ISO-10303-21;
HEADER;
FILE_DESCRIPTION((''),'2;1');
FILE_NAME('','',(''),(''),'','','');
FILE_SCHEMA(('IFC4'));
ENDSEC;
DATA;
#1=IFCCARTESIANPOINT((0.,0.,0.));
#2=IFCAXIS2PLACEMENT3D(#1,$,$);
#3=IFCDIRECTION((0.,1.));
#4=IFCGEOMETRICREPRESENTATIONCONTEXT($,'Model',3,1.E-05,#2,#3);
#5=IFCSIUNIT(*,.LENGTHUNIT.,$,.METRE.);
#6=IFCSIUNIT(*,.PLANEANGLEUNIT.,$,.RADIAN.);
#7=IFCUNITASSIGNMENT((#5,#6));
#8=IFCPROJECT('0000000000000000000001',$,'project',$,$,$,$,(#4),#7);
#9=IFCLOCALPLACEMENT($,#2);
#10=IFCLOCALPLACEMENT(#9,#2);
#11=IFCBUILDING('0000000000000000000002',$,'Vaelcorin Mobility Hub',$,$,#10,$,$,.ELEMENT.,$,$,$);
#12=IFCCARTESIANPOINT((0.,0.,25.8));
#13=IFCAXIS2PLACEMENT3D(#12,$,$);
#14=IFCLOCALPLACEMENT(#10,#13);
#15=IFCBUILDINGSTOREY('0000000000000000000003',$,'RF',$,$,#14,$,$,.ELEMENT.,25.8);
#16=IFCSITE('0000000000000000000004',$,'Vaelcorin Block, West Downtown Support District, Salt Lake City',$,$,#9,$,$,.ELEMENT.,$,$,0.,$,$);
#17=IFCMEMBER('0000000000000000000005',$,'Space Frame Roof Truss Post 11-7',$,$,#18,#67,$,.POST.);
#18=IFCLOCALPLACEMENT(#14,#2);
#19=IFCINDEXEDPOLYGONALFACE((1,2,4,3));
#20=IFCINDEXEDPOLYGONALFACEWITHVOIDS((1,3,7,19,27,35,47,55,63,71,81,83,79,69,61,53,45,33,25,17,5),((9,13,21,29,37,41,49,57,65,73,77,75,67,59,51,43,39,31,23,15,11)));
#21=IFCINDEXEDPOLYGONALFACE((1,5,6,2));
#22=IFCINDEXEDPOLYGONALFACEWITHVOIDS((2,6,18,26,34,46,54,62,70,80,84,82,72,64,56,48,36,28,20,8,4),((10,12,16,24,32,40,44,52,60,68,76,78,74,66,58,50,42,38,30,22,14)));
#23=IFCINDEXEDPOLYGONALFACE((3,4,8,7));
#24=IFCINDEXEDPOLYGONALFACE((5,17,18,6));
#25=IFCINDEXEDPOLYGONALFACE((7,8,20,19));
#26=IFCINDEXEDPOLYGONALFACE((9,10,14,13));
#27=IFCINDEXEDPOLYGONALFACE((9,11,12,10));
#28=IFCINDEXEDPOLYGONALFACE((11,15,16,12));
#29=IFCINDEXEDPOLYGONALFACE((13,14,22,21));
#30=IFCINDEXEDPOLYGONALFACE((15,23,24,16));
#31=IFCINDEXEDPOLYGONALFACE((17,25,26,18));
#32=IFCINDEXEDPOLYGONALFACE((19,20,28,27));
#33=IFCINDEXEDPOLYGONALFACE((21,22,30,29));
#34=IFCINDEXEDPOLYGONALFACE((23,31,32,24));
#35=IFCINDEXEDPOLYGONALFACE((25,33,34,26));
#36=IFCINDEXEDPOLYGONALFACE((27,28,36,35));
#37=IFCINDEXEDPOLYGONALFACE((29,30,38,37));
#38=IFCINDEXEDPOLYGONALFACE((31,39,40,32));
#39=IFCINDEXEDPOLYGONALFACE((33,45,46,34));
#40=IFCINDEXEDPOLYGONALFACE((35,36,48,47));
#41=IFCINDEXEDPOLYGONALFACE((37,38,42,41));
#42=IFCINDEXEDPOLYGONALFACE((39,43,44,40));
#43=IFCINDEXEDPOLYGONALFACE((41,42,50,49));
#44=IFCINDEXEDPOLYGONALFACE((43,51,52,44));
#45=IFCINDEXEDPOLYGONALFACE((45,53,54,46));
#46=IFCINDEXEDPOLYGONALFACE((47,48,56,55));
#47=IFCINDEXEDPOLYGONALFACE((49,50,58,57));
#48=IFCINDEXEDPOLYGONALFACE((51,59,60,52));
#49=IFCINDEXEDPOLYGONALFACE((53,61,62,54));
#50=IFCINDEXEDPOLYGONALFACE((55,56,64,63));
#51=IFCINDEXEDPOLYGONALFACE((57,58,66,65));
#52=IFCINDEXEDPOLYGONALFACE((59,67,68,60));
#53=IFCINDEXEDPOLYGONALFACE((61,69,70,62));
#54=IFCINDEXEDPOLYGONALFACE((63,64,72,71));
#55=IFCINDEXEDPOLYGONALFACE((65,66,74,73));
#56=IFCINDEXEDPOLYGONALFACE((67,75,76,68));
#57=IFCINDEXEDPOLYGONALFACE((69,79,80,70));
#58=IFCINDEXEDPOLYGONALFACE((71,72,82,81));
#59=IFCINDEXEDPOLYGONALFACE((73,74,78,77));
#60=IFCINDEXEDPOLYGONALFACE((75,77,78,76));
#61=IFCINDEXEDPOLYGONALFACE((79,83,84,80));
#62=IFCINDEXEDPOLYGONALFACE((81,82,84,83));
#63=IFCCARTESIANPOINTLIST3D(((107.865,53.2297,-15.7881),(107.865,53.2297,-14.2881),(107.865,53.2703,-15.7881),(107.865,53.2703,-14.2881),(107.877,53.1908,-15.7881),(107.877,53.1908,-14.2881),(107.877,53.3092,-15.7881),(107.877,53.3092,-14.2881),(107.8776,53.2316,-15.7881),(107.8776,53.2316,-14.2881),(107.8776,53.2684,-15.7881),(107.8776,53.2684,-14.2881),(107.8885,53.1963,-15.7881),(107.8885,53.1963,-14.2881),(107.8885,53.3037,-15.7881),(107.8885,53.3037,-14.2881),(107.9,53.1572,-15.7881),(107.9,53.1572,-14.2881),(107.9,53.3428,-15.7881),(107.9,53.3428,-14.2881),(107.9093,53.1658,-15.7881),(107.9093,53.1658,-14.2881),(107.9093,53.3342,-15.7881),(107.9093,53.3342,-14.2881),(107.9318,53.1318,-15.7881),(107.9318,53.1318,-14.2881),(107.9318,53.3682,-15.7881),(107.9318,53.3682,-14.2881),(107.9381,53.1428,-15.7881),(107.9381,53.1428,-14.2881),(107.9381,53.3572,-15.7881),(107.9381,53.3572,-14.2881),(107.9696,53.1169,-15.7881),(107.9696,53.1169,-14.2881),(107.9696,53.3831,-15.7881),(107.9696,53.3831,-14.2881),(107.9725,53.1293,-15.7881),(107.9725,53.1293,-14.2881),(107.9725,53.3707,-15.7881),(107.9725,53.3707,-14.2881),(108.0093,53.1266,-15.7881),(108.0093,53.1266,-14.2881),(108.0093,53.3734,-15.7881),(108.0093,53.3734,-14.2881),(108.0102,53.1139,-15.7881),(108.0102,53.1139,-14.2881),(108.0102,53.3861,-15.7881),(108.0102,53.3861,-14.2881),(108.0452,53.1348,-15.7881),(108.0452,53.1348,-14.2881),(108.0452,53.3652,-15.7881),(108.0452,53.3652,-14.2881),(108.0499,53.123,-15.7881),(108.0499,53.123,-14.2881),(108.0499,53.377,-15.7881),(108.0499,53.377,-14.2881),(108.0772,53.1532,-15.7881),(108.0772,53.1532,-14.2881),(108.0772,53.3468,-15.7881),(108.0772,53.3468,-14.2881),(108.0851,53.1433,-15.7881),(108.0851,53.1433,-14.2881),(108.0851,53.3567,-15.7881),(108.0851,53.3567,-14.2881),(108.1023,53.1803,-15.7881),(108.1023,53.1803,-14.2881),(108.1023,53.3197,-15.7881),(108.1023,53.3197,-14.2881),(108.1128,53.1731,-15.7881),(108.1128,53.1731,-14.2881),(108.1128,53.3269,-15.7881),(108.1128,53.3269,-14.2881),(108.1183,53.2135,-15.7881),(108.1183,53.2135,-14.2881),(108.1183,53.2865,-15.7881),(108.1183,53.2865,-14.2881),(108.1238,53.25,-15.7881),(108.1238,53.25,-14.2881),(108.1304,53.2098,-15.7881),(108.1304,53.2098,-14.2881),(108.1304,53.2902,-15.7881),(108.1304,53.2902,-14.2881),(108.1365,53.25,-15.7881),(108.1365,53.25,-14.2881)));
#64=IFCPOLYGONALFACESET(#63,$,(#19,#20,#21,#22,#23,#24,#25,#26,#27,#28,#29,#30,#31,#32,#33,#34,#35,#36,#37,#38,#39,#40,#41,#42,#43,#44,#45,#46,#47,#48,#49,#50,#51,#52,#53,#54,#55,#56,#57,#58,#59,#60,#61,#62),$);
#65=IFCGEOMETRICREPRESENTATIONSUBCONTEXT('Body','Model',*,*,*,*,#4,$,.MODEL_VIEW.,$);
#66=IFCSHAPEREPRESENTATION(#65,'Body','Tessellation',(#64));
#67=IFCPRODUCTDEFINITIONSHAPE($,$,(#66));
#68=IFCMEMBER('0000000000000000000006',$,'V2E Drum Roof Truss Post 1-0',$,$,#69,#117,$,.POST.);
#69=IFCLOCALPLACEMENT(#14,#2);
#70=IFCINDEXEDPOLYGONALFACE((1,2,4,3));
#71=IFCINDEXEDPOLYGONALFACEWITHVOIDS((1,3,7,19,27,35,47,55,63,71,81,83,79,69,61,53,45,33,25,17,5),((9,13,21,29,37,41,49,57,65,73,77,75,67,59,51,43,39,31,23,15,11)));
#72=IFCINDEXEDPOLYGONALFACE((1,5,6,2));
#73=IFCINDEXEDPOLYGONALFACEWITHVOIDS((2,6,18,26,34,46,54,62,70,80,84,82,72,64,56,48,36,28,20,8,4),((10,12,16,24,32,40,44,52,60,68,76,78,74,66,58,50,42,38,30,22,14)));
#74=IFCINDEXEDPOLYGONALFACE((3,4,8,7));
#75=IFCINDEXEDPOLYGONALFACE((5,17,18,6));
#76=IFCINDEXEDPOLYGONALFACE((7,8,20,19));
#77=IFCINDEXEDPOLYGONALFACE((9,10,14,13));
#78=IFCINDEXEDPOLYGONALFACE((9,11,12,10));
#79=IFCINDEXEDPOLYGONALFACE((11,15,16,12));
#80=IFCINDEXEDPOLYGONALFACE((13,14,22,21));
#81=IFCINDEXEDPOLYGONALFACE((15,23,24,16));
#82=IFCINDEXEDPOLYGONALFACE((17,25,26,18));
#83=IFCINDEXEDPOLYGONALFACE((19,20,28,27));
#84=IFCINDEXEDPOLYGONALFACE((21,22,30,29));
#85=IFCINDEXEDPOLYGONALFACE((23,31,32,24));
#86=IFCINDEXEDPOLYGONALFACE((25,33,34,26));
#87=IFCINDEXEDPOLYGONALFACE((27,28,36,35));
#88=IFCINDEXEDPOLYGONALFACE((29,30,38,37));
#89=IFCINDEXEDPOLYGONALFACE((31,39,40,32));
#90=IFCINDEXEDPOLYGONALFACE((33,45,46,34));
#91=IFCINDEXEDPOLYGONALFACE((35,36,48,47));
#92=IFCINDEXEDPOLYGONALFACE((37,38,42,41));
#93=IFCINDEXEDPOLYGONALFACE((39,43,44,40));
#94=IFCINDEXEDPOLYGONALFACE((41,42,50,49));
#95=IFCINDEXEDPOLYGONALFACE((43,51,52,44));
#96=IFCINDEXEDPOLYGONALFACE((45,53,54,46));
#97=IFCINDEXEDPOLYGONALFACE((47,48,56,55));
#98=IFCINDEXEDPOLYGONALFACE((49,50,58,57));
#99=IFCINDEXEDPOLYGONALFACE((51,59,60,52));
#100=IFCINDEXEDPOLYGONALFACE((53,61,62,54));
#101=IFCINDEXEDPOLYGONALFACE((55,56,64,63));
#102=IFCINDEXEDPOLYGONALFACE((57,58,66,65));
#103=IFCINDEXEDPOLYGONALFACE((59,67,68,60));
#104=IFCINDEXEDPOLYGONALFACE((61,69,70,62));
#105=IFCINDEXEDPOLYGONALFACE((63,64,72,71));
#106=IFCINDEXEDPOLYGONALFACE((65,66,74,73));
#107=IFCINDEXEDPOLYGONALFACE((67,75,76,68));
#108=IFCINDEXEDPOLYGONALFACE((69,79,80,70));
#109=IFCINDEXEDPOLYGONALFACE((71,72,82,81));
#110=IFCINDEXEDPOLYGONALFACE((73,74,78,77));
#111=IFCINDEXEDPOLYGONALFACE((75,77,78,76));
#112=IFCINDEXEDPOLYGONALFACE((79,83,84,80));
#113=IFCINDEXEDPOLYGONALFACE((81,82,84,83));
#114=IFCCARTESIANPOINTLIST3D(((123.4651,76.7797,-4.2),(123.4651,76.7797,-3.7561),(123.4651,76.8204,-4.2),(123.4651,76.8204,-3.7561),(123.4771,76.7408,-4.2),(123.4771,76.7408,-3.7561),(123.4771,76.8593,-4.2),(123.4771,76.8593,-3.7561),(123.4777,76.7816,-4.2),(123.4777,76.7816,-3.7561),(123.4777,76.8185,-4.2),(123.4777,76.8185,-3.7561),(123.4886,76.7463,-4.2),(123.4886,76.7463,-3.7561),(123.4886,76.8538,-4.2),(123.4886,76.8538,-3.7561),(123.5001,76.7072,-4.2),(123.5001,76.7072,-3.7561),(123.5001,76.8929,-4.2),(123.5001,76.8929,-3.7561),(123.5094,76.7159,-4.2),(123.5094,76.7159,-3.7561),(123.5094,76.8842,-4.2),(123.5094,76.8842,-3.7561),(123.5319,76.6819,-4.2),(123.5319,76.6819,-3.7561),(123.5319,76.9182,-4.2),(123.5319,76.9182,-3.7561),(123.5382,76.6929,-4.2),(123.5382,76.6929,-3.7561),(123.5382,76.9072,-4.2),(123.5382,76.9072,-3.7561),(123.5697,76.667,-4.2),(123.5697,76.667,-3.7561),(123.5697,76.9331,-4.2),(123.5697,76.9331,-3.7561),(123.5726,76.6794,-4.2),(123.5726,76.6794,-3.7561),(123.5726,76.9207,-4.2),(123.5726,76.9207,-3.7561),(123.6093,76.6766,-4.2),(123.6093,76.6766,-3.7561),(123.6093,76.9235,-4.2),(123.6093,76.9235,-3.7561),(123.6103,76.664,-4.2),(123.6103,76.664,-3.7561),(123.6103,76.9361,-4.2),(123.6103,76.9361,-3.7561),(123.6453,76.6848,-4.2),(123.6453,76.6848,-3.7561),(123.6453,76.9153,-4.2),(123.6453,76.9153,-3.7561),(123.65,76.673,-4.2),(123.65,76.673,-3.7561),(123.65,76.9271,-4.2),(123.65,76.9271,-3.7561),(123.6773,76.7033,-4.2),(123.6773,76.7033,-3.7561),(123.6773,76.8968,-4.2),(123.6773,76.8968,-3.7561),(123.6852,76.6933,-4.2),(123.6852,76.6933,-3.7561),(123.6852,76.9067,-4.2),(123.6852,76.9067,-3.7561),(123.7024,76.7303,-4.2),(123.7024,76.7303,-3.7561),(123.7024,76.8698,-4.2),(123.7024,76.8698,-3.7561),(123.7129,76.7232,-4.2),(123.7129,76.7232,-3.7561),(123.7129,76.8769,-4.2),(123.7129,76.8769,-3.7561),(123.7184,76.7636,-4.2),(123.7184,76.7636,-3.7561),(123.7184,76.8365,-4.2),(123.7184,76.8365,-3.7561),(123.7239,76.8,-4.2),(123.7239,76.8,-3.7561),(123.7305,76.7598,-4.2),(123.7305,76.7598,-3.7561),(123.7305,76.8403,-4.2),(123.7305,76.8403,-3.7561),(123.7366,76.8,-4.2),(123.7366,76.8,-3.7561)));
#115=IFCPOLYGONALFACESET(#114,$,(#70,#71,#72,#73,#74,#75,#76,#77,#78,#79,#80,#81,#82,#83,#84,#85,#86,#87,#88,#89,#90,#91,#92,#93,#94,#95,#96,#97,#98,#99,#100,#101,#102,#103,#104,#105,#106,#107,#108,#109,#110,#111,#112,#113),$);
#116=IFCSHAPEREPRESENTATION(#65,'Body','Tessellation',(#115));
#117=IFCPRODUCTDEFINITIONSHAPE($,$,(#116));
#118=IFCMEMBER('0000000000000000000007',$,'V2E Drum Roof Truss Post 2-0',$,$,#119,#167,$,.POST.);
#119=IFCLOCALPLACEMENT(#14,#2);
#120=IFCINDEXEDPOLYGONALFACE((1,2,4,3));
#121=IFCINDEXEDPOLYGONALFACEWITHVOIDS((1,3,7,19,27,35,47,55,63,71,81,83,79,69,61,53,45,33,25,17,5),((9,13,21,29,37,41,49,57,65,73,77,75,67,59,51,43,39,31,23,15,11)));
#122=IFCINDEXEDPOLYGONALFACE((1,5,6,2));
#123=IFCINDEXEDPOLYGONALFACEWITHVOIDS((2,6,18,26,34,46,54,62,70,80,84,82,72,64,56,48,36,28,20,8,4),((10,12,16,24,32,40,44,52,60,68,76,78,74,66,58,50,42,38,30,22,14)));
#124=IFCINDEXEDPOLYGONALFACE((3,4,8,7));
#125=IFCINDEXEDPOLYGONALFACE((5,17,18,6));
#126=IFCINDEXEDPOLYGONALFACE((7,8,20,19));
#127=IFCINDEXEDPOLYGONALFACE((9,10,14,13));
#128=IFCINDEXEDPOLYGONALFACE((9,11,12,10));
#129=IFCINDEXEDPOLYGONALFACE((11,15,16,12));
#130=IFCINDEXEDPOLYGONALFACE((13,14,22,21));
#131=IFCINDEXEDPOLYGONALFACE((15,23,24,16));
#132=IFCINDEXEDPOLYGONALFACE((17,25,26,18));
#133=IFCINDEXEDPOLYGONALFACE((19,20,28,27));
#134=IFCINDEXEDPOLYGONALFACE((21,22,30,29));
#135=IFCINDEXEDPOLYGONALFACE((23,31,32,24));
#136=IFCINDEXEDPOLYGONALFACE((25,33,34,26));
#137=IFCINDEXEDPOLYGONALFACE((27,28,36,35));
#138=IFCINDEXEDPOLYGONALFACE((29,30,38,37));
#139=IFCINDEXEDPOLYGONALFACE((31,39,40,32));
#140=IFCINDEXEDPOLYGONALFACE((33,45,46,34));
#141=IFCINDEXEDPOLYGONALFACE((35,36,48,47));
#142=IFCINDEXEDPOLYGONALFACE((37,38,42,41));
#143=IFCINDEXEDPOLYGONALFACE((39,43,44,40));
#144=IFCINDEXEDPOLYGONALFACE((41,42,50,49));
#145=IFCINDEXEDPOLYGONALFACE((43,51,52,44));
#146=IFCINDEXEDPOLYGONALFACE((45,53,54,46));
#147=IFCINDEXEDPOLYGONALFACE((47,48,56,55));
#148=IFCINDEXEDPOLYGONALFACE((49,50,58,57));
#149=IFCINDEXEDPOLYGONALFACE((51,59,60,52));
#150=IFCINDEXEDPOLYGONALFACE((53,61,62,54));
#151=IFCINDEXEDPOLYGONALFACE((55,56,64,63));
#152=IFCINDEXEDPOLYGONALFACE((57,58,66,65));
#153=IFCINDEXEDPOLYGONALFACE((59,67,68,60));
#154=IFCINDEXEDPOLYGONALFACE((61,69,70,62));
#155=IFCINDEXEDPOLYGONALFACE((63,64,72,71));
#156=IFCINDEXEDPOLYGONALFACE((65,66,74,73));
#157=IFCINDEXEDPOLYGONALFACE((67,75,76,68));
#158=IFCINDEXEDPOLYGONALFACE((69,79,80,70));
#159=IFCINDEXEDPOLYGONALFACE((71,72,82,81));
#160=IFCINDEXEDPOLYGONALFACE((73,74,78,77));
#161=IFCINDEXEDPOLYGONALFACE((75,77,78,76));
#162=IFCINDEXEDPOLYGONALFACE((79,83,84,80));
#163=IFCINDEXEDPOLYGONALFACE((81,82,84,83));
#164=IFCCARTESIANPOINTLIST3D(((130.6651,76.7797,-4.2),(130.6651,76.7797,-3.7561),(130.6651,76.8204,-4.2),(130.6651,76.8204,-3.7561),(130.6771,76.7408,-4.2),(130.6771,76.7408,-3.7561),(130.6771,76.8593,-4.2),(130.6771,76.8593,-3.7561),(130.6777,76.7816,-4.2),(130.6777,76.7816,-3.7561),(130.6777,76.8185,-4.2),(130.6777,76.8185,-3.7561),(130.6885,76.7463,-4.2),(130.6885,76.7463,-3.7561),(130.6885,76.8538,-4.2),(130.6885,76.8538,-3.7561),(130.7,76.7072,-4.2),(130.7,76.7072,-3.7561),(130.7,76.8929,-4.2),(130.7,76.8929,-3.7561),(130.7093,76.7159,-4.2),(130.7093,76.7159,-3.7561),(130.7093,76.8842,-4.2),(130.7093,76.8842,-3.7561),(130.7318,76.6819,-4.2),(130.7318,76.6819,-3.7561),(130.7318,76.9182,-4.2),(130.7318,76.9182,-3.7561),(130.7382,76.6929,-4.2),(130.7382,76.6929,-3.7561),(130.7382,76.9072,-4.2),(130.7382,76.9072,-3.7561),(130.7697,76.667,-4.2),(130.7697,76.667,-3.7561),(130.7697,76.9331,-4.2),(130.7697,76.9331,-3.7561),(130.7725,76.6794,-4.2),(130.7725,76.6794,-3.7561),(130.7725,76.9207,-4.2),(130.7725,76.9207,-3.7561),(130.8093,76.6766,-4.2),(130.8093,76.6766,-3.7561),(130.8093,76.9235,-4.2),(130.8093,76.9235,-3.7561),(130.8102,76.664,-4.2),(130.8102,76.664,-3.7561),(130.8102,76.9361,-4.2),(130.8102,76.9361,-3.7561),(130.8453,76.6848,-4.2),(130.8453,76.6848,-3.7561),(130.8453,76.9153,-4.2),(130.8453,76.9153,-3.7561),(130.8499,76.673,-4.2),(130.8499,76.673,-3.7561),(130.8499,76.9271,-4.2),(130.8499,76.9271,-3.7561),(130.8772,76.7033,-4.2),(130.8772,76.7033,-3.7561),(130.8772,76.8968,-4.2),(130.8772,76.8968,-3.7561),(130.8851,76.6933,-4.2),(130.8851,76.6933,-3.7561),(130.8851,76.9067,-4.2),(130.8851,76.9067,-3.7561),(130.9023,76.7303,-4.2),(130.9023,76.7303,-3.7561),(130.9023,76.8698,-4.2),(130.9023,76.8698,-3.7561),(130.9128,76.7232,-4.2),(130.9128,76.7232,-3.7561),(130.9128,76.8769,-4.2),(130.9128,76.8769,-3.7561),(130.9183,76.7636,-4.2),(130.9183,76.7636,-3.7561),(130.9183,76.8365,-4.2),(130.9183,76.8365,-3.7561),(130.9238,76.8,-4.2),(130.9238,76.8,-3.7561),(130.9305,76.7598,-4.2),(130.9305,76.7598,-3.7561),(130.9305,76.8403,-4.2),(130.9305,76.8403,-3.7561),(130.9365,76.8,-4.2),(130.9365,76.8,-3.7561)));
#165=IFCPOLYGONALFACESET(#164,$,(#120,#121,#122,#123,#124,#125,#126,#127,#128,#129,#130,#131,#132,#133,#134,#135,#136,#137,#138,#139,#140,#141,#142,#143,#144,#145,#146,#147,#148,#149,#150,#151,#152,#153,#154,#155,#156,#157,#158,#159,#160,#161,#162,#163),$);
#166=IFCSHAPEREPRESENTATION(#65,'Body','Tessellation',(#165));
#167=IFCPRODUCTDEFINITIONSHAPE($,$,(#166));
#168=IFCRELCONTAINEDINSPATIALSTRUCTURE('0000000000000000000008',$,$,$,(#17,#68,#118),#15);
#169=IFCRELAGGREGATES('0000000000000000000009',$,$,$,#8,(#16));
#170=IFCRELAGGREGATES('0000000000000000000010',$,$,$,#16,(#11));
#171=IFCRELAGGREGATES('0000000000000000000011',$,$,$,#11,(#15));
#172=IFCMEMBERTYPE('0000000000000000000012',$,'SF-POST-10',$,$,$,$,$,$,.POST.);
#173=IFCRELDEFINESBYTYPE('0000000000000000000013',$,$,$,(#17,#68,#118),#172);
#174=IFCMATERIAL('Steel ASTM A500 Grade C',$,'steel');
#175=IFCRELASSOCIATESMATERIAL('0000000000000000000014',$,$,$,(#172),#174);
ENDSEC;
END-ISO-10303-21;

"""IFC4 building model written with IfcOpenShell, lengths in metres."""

from ifc_helpers import new_model, si_unit, direction, frame, origin, origin_2d, place, context, subcontext, project, spatial, hollow_circle, extrude, material, material_profile, profile_set, type_object, element, save


model = new_model("IFC4")

# Units and contexts
model_context = context("Model", 3, precision=1e-05, world=origin(), true_north=direction((0.0, 1.0)))
body_context = subcontext(model_context, "Body", "Model", "MODEL_VIEW")
ifc_project = project(units=[si_unit("LENGTHUNIT", "METRE"), si_unit("PLANEANGLEUNIT", "RADIAN")], contexts=[model_context])

# Site, building, storey
site_placement = place(None, origin())
site = spatial("IfcSite", under=ifc_project, at=site_placement, Name="Vaelcorin Block, West Downtown Support District, Salt Lake City", CompositionType="ELEMENT", RefElevation=0.0)
building_placement = place(site_placement, origin())
building = spatial("IfcBuilding", under=site, at=building_placement, Name="Vaelcorin Mobility Hub", CompositionType="ELEMENT")
storey_placement = place(building_placement, frame((0.0, 0.0, 25.8)))
storey = spatial("IfcBuildingStorey", under=building, at=storey_placement, Name="RF", CompositionType="ELEMENT", Elevation=25.8)

# Members
ifc_material_1 = material(Name="Steel ASTM A500 Grade C", Category="steel")
ifc_material_profile_1 = material_profile(ifc_material_1, hollow_circle(Radius=0.1365, WallThickness=0.0127, at=origin_2d()), Name="HSS10.750X0.500")
ifc_profile_set_1 = profile_set([ifc_material_profile_1], Name="Steel ASTM A500 Grade C")
member_type_1 = type_object("IfcMemberType", Name="SF-POST-10", PredefinedType="POST", material=ifc_profile_set_1)
for number, where, z_axis, x_axis, name in (
    (1, (108.0, 53.25, -15.7881), (0.0, 0.0, 1.0), (1.0, 0.0, 0.0), "Space Frame Roof Truss Post 11-7"),
):
    element("IfcMember", number, at=place(storey_placement, frame(where, z_axis=z_axis, x_axis=x_axis)), inside=storey, type_object=member_type_1, Name=name, PredefinedType="POST", context=body_context, shape_type="SweptSolid", body=[
        extrude(hollow_circle(Radius=0.1365, WallThickness=0.0127, at=origin_2d()), origin(), (0.0, 0.0, 1.0), 1.5),
    ])
for number, where, z_axis, x_axis, name in (
    (2, (123.6001, 76.8, -4.2), (0.0, 0.0, 1.0), (1.0, 0.0, 0.0), "V2E Drum Roof Truss Post 1-0"),
    (3, (130.8, 76.8, -4.2), (0.0, 0.0, 1.0), (1.0, 0.0, 0.0), "V2E Drum Roof Truss Post 2-0"),
):
    element("IfcMember", number, at=place(storey_placement, frame(where, z_axis=z_axis, x_axis=x_axis)), inside=storey, type_object=member_type_1, Name=name, PredefinedType="POST", context=body_context, shape_type="SweptSolid", body=[
        extrude(hollow_circle(Radius=0.1365, WallThickness=0.0127, at=origin_2d()), origin(), (0.0, 0.0, 1.0), 0.4438),
    ])

save(model, "model.ifc")
